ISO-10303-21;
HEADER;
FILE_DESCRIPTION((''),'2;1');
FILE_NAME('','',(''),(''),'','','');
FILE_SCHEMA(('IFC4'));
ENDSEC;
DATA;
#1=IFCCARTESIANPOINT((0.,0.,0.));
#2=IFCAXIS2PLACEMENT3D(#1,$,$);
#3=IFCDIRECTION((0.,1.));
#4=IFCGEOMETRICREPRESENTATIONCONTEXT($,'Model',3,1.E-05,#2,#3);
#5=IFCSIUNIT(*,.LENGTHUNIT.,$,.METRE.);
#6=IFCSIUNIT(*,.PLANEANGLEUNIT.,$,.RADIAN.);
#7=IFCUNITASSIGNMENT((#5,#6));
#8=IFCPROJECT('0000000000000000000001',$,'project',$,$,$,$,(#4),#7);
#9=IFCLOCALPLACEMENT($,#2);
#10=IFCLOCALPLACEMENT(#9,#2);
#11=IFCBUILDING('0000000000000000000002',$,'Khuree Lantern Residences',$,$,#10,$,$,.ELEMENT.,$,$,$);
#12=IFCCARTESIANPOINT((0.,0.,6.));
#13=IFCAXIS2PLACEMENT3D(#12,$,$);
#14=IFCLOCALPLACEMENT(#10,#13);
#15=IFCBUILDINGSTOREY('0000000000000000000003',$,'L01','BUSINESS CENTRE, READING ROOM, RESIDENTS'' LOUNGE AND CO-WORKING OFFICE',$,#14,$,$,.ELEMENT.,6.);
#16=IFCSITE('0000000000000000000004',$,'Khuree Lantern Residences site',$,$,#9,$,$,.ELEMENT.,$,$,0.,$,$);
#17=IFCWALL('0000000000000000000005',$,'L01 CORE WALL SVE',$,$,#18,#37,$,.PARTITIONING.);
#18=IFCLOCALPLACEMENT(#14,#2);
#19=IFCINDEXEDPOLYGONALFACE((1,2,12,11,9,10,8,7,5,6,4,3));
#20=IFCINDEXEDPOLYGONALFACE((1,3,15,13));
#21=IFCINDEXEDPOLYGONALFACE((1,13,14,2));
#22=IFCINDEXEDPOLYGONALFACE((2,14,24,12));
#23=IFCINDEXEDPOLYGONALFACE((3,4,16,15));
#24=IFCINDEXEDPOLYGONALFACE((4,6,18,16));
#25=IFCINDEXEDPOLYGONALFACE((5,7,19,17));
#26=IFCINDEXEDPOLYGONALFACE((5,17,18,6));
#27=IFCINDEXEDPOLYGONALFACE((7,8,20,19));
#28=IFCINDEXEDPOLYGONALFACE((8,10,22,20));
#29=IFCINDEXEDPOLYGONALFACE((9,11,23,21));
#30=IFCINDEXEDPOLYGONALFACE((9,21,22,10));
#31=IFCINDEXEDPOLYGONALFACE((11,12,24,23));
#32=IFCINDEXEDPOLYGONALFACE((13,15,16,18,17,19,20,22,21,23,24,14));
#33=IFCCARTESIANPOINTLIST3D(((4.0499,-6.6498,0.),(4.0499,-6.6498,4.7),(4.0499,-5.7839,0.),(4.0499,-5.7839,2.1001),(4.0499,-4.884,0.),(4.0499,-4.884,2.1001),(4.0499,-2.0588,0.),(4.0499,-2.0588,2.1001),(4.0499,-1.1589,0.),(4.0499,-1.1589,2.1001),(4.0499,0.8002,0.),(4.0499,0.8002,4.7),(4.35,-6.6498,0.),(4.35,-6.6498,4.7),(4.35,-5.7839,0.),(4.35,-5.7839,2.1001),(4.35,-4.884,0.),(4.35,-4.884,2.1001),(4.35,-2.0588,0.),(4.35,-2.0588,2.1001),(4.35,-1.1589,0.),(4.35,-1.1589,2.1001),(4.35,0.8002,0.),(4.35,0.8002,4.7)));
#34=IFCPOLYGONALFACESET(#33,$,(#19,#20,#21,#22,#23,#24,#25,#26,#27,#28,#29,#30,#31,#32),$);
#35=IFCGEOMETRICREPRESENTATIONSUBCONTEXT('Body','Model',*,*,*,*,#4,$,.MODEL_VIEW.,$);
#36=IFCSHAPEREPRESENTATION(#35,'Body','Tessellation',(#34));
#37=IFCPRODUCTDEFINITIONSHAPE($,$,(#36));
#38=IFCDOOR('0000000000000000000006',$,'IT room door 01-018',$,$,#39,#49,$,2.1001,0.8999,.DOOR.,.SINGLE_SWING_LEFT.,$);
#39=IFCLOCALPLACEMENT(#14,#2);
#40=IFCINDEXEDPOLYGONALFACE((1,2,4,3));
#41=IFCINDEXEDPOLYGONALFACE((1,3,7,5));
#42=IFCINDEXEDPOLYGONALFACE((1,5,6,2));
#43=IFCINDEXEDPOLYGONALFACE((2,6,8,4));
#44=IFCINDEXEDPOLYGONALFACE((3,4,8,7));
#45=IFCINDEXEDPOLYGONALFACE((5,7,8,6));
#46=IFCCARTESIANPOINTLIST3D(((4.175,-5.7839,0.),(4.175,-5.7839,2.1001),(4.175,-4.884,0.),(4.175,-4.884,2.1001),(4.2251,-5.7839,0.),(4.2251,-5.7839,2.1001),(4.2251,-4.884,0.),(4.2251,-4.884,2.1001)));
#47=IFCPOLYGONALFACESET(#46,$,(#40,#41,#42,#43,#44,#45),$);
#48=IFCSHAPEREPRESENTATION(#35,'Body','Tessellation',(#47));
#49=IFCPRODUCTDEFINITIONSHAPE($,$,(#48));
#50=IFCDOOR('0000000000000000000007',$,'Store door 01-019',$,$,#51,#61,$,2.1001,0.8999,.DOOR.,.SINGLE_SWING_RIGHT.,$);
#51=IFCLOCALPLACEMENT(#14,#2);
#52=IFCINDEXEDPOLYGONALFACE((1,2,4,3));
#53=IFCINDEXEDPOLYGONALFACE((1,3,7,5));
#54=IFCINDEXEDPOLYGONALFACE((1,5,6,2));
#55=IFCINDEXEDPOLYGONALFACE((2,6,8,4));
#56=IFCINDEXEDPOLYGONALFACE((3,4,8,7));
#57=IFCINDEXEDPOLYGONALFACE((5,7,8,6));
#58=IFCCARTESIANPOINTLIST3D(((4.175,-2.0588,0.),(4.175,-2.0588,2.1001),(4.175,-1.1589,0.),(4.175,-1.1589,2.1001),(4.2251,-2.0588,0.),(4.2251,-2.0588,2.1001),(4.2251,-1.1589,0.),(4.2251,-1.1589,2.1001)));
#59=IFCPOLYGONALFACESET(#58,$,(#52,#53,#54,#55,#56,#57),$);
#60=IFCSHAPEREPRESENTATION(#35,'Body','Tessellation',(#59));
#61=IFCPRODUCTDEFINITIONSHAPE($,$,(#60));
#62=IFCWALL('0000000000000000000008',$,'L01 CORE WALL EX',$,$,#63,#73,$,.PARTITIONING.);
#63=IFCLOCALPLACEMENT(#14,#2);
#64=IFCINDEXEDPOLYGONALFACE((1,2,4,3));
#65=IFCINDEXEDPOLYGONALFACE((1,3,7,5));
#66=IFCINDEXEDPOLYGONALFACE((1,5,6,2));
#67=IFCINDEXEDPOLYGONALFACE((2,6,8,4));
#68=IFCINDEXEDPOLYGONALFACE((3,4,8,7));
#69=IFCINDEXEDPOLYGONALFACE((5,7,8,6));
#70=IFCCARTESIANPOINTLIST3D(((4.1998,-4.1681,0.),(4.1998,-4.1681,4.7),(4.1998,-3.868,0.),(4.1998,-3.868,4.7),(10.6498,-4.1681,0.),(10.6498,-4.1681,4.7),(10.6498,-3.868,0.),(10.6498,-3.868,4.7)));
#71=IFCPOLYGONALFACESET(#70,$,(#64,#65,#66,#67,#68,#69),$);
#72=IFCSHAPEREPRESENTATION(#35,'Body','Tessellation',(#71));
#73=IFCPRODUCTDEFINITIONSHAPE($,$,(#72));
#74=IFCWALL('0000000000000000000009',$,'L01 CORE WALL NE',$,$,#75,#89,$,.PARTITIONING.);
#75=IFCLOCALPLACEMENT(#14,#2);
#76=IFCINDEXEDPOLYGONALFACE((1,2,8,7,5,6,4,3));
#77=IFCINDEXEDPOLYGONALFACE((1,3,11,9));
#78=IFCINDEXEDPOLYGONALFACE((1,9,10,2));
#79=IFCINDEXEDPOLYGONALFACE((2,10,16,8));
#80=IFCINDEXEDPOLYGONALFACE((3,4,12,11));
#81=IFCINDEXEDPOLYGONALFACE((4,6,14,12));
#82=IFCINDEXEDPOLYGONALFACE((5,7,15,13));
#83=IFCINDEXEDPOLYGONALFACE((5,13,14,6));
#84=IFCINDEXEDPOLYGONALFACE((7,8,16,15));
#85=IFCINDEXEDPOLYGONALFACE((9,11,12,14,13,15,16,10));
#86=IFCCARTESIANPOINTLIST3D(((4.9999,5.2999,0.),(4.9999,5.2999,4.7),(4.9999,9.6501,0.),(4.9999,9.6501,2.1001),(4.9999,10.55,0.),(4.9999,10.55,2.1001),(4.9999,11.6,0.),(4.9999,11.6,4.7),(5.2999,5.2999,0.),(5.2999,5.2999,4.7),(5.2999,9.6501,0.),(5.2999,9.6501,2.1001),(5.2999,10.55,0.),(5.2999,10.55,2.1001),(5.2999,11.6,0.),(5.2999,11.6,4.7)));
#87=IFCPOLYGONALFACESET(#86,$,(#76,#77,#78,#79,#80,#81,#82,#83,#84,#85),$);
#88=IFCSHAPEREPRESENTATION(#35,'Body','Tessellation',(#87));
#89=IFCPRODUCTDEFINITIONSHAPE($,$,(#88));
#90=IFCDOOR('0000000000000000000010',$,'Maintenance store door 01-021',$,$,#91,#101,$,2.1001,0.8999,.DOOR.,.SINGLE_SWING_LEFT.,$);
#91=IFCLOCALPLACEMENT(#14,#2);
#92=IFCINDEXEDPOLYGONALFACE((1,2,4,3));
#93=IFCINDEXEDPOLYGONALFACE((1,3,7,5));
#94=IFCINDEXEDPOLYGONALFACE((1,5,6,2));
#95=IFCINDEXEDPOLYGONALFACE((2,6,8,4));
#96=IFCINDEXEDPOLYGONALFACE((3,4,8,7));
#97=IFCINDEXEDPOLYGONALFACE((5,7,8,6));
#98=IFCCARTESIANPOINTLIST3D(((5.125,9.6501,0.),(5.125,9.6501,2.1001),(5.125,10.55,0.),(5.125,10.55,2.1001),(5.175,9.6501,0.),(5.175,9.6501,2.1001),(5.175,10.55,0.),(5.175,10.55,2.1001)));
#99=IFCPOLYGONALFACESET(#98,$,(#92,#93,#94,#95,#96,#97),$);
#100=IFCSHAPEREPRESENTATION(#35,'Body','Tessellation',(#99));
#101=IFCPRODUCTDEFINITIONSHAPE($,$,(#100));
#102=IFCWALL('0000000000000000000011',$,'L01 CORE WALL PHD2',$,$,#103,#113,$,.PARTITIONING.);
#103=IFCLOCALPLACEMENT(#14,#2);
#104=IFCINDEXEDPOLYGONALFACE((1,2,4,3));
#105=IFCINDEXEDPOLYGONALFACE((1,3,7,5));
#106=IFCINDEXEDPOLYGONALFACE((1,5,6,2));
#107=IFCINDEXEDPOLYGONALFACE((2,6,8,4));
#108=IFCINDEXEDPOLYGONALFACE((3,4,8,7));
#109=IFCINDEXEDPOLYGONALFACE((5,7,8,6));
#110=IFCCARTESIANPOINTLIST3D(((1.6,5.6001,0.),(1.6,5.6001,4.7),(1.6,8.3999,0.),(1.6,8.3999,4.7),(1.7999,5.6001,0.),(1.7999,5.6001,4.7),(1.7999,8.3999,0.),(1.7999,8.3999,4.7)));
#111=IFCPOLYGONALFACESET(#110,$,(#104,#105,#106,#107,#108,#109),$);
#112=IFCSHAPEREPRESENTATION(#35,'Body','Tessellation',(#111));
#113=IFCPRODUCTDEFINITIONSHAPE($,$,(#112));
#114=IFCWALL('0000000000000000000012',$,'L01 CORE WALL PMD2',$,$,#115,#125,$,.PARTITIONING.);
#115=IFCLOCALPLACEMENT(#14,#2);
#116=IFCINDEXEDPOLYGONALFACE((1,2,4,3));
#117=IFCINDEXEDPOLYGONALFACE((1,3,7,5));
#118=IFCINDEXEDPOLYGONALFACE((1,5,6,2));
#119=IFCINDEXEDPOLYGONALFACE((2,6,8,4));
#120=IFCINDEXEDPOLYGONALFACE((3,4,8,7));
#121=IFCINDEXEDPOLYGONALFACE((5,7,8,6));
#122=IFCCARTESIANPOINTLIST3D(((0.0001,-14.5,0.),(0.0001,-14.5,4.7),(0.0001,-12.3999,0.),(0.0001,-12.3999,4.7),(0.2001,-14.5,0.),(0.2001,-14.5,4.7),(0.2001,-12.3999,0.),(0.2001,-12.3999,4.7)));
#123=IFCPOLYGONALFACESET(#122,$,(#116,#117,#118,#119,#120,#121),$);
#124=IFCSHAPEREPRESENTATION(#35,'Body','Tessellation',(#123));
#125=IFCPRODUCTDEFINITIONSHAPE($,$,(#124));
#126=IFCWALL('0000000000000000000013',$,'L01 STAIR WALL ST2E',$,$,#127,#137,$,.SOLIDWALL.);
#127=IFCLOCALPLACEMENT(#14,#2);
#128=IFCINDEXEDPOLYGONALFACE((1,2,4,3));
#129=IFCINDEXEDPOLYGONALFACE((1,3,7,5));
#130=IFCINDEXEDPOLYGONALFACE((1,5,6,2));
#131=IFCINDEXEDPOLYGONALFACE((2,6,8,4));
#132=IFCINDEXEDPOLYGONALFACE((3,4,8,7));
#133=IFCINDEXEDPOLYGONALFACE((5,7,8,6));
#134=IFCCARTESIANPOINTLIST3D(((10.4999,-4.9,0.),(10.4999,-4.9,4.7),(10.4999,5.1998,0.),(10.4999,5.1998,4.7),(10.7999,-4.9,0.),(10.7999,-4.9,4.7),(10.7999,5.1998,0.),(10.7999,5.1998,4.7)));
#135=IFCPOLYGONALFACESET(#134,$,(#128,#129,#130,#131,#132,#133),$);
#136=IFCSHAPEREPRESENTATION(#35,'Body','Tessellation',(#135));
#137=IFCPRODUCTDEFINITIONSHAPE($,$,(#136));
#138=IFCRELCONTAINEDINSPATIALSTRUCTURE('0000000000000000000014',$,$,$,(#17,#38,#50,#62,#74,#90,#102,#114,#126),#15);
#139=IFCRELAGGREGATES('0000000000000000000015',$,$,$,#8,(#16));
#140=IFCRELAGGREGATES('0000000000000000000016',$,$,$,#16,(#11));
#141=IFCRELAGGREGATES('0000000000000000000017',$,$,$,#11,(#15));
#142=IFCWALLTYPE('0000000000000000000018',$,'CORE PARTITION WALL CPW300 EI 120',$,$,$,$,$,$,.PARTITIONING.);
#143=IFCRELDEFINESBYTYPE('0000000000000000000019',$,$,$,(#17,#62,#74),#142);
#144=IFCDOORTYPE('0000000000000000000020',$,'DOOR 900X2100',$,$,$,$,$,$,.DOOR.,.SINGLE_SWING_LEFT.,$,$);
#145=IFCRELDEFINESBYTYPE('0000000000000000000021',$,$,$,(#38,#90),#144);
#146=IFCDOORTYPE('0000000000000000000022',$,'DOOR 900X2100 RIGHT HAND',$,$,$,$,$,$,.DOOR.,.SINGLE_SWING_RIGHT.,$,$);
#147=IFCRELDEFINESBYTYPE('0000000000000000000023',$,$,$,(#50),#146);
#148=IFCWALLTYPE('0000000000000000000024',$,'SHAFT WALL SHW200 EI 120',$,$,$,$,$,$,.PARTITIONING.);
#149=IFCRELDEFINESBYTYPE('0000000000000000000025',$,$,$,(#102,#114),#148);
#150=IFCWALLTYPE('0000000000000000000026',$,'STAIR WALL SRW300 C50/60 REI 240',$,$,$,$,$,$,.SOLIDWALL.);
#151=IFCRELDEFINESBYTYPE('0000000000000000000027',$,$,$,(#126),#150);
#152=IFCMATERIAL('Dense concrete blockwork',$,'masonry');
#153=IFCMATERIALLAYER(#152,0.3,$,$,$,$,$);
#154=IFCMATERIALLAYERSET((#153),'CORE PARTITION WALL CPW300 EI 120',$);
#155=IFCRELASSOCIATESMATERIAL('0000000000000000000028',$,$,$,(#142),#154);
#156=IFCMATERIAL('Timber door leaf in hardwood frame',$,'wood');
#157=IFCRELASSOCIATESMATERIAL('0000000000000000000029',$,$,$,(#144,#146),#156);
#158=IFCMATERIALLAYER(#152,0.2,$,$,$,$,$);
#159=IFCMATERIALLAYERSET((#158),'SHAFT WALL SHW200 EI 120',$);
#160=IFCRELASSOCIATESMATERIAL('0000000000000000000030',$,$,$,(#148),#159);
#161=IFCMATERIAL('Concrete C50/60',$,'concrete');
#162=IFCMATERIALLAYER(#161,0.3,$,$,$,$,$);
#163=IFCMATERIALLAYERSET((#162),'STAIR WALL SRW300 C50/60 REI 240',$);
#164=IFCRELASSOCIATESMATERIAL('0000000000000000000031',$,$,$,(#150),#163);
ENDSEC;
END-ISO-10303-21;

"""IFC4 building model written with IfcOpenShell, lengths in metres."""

from ifc_helpers import new_model, si_unit, direction, frame, frame_2d, origin, place, context, subcontext, project, spatial, rectangle, extrude, material, layer, layer_set, type_object, element, fill, save


model = new_model("IFC4")

# Units and contexts
model_context = context("Model", 3, precision=1e-05, world=origin(), true_north=direction((0.0, 1.0)))
body_context = subcontext(model_context, "Body", "Model", "MODEL_VIEW")
ifc_project = project(units=[si_unit("LENGTHUNIT", "METRE"), si_unit("PLANEANGLEUNIT", "RADIAN")], contexts=[model_context])

# Site, building, storey
site_placement = place(None, origin())
site = spatial("IfcSite", under=ifc_project, at=site_placement, Name="Khuree Lantern Residences site", CompositionType="ELEMENT", RefElevation=0.0)
building_placement = place(site_placement, origin())
building = spatial("IfcBuilding", under=site, at=building_placement, Name="Khuree Lantern Residences", CompositionType="ELEMENT")
storey_placement = place(building_placement, frame((0.0, 0.0, 6.0)))
storey = spatial("IfcBuildingStorey", under=building, at=storey_placement, Name="L01", Description="BUSINESS CENTRE, READING ROOM, RESIDENTS' LOUNGE AND CO-WORKING OFFICE", CompositionType="ELEMENT", Elevation=6.0)

# Shared definitions
ifc_material_1 = material(Name="Dense concrete blockwork", Category="masonry")
ifc_layer_1 = layer(ifc_material_1, 0.3)
ifc_layer_set_1 = layer_set([ifc_layer_1], Name="CORE PARTITION WALL CPW300 EI 120")
wall_type_1 = type_object("IfcWallType", Name="CORE PARTITION WALL CPW300 EI 120", PredefinedType="PARTITIONING", material=ifc_layer_set_1)

# Wall, openings, doors
wall_1_placement = place(storey_placement, frame((4.2, -6.6499, 0.0), z_axis=(0.0, 0.0, 1.0), x_axis=(0.0, 1.0, 0.0)))
wall_1 = element("IfcWall", 1, at=wall_1_placement, inside=storey, type_object=wall_type_1, Name="L01 CORE WALL SVE", PredefinedType="PARTITIONING", context=body_context, shape_type="SweptSolid", body=[
    extrude(rectangle(XDim=7.45, YDim=0.3, at=frame_2d((3.7251, 0.0))), origin(), (0.0, 0.0, 1.0), 4.7),
])
opening_1_placement = place(wall_1_placement, frame((0.866, 0.0, 0.0)))
opening_1 = element("IfcOpeningElement", 2, at=opening_1_placement, cuts=wall_1, PredefinedType="OPENING", context=body_context, shape_type="SweptSolid", body=[
    extrude(rectangle(XDim=0.8999, YDim=2.1001, at=frame_2d((0.45, 1.05))), frame((0.0, 0.1602, 0.0), z_axis=(0.0, -1.0, 0.0), x_axis=(1.0, 0.0, 0.0)), (0.0, 0.0, 1.0), 0.3201),
])
opening_2_placement = place(wall_1_placement, frame((4.5911, 0.0, 0.0)))
opening_2 = element("IfcOpeningElement", 3, at=opening_2_placement, cuts=wall_1, PredefinedType="OPENING", context=body_context, shape_type="SweptSolid", body=[
    extrude(rectangle(XDim=0.8999, YDim=2.1001, at=frame_2d((0.45, 1.05))), frame((0.0, 0.1602, 0.0), z_axis=(0.0, -1.0, 0.0), x_axis=(1.0, 0.0, 0.0)), (0.0, 0.0, 1.0), 0.3201),
])
ifc_material_2 = material(Name="Timber door leaf in hardwood frame", Category="wood")
door_type_1 = type_object("IfcDoorType", Name="DOOR 900X2100", OperationType="SINGLE_SWING_LEFT", PredefinedType="DOOR", material=ifc_material_2)
door_1_placement = place(opening_1_placement, origin())
door_1 = element("IfcDoor", 4, at=door_1_placement, inside=storey, type_object=door_type_1, Name="IT room door 01-018", OperationType="SINGLE_SWING_LEFT", OverallHeight=2.1001, OverallWidth=0.8999, PredefinedType="DOOR", context=body_context, shape_type="SweptSolid", body=[
    extrude(rectangle(XDim=0.8999, YDim=2.1001, at=frame_2d((0.45, 1.05))), frame((0.0, 0.0249, 0.0), z_axis=(0.0, -1.0, 0.0), x_axis=(1.0, 0.0, 0.0)), (0.0, 0.0, 1.0), 0.05),
])
fill(opening_1, door_1)
door_type_2 = type_object("IfcDoorType", Name="DOOR 900X2100 RIGHT HAND", OperationType="SINGLE_SWING_RIGHT", PredefinedType="DOOR", material=ifc_material_2)
door_2_placement = place(opening_2_placement, origin())
door_2 = element("IfcDoor", 5, at=door_2_placement, inside=storey, type_object=door_type_2, Name="Store door 01-019", OperationType="SINGLE_SWING_RIGHT", OverallHeight=2.1001, OverallWidth=0.8999, PredefinedType="DOOR", context=body_context, shape_type="SweptSolid", body=[
    extrude(rectangle(XDim=0.8999, YDim=2.1001, at=frame_2d((0.45, 1.05))), frame((0.0, 0.0249, 0.0), z_axis=(0.0, -1.0, 0.0), x_axis=(1.0, 0.0, 0.0)), (0.0, 0.0, 1.0), 0.05),
])
fill(opening_2, door_2)

# Wall
wall_2_placement = place(storey_placement, frame((10.6499, -4.0181, 0.0), z_axis=(0.0, 0.0, 1.0), x_axis=(-1.0, 0.0, 0.0)))
element("IfcWall", 6, at=wall_2_placement, inside=storey, type_object=wall_type_1, Name="L01 CORE WALL EX", PredefinedType="PARTITIONING", context=body_context, shape_type="SweptSolid", body=[
    extrude(rectangle(XDim=6.45, YDim=0.3, at=frame_2d((3.2251, 0.0))), origin(), (0.0, 0.0, 1.0), 4.7),
])

# Wall, opening, door
wall_3_placement = place(storey_placement, frame((5.1499, 5.3, 0.0), z_axis=(0.0, 0.0, 1.0), x_axis=(0.0, 1.0, 0.0)))
wall_3 = element("IfcWall", 7, at=wall_3_placement, inside=storey, type_object=wall_type_1, Name="L01 CORE WALL NE", PredefinedType="PARTITIONING", context=body_context, shape_type="SweptSolid", body=[
    extrude(rectangle(XDim=6.3, YDim=0.3, at=frame_2d((3.1499, 0.0))), origin(), (0.0, 0.0, 1.0), 4.7),
])
opening_3_placement = place(wall_3_placement, frame((4.3501, 0.0, 0.0)))
opening_3 = element("IfcOpeningElement", 8, at=opening_3_placement, cuts=wall_3, PredefinedType="OPENING", context=body_context, shape_type="SweptSolid", body=[
    extrude(rectangle(XDim=0.8999, YDim=2.1001, at=frame_2d((0.45, 1.05))), frame((0.0, 0.1602, 0.0), z_axis=(0.0, -1.0, 0.0), x_axis=(1.0, 0.0, 0.0)), (0.0, 0.0, 1.0), 0.3201),
])
door_3_placement = place(opening_3_placement, origin())
door_3 = element("IfcDoor", 9, at=door_3_placement, inside=storey, type_object=door_type_1, Name="Maintenance store door 01-021", OperationType="SINGLE_SWING_LEFT", OverallHeight=2.1001, OverallWidth=0.8999, PredefinedType="DOOR", context=body_context, shape_type="SweptSolid", body=[
    extrude(rectangle(XDim=0.8999, YDim=2.1001, at=frame_2d((0.45, 1.05))), frame((0.0, 0.0249, 0.0), z_axis=(0.0, -1.0, 0.0), x_axis=(1.0, 0.0, 0.0)), (0.0, 0.0, 1.0), 0.05),
])
fill(opening_3, door_3)

# Walls
ifc_layer_2 = layer(ifc_material_1, 0.2)
ifc_layer_set_2 = layer_set([ifc_layer_2], Name="SHAFT WALL SHW200 EI 120")
wall_type_2 = type_object("IfcWallType", Name="SHAFT WALL SHW200 EI 120", PredefinedType="PARTITIONING", material=ifc_layer_set_2)
wall_4_placement = place(storey_placement, frame((1.7, 5.6001, 0.0), z_axis=(0.0, 0.0, 1.0), x_axis=(0.0, 1.0, 0.0)))
element("IfcWall", 10, at=wall_4_placement, inside=storey, type_object=wall_type_2, Name="L01 CORE WALL PHD2", PredefinedType="PARTITIONING", context=body_context, shape_type="SweptSolid", body=[
    extrude(rectangle(XDim=2.7998, YDim=0.2, at=frame_2d((1.3999, 0.0))), origin(), (0.0, 0.0, 1.0), 4.7),
])
wall_5_placement = place(storey_placement, frame((0.1001, -14.5, 0.0), z_axis=(0.0, 0.0, 1.0), x_axis=(0.0, 1.0, 0.0)))
element("IfcWall", 11, at=wall_5_placement, inside=storey, type_object=wall_type_2, Name="L01 CORE WALL PMD2", PredefinedType="PARTITIONING", context=body_context, shape_type="SweptSolid", body=[
    extrude(rectangle(XDim=2.1001, YDim=0.2, at=frame_2d((1.05, 0.0))), origin(), (0.0, 0.0, 1.0), 4.7),
])
ifc_material_3 = material(Name="Concrete C50/60", Category="concrete")
ifc_layer_3 = layer(ifc_material_3, 0.3)
ifc_layer_set_3 = layer_set([ifc_layer_3], Name="STAIR WALL SRW300 C50/60 REI 240")
wall_type_3 = type_object("IfcWallType", Name="STAIR WALL SRW300 C50/60 REI 240", PredefinedType="SOLIDWALL", material=ifc_layer_set_3)
wall_6_placement = place(storey_placement, frame((10.6499, -4.8999, 0.0), z_axis=(0.0, 0.0, 1.0), x_axis=(0.0, 1.0, 0.0)))
element("IfcWall", 12, at=wall_6_placement, inside=storey, type_object=wall_type_3, Name="L01 STAIR WALL ST2E", PredefinedType="SOLIDWALL", context=body_context, shape_type="SweptSolid", body=[
    extrude(rectangle(XDim=10.0999, YDim=0.3, at=frame_2d((5.0498, 0.0))), origin(), (0.0, 0.0, 1.0), 4.7),
])

save(model, "model.ifc")
